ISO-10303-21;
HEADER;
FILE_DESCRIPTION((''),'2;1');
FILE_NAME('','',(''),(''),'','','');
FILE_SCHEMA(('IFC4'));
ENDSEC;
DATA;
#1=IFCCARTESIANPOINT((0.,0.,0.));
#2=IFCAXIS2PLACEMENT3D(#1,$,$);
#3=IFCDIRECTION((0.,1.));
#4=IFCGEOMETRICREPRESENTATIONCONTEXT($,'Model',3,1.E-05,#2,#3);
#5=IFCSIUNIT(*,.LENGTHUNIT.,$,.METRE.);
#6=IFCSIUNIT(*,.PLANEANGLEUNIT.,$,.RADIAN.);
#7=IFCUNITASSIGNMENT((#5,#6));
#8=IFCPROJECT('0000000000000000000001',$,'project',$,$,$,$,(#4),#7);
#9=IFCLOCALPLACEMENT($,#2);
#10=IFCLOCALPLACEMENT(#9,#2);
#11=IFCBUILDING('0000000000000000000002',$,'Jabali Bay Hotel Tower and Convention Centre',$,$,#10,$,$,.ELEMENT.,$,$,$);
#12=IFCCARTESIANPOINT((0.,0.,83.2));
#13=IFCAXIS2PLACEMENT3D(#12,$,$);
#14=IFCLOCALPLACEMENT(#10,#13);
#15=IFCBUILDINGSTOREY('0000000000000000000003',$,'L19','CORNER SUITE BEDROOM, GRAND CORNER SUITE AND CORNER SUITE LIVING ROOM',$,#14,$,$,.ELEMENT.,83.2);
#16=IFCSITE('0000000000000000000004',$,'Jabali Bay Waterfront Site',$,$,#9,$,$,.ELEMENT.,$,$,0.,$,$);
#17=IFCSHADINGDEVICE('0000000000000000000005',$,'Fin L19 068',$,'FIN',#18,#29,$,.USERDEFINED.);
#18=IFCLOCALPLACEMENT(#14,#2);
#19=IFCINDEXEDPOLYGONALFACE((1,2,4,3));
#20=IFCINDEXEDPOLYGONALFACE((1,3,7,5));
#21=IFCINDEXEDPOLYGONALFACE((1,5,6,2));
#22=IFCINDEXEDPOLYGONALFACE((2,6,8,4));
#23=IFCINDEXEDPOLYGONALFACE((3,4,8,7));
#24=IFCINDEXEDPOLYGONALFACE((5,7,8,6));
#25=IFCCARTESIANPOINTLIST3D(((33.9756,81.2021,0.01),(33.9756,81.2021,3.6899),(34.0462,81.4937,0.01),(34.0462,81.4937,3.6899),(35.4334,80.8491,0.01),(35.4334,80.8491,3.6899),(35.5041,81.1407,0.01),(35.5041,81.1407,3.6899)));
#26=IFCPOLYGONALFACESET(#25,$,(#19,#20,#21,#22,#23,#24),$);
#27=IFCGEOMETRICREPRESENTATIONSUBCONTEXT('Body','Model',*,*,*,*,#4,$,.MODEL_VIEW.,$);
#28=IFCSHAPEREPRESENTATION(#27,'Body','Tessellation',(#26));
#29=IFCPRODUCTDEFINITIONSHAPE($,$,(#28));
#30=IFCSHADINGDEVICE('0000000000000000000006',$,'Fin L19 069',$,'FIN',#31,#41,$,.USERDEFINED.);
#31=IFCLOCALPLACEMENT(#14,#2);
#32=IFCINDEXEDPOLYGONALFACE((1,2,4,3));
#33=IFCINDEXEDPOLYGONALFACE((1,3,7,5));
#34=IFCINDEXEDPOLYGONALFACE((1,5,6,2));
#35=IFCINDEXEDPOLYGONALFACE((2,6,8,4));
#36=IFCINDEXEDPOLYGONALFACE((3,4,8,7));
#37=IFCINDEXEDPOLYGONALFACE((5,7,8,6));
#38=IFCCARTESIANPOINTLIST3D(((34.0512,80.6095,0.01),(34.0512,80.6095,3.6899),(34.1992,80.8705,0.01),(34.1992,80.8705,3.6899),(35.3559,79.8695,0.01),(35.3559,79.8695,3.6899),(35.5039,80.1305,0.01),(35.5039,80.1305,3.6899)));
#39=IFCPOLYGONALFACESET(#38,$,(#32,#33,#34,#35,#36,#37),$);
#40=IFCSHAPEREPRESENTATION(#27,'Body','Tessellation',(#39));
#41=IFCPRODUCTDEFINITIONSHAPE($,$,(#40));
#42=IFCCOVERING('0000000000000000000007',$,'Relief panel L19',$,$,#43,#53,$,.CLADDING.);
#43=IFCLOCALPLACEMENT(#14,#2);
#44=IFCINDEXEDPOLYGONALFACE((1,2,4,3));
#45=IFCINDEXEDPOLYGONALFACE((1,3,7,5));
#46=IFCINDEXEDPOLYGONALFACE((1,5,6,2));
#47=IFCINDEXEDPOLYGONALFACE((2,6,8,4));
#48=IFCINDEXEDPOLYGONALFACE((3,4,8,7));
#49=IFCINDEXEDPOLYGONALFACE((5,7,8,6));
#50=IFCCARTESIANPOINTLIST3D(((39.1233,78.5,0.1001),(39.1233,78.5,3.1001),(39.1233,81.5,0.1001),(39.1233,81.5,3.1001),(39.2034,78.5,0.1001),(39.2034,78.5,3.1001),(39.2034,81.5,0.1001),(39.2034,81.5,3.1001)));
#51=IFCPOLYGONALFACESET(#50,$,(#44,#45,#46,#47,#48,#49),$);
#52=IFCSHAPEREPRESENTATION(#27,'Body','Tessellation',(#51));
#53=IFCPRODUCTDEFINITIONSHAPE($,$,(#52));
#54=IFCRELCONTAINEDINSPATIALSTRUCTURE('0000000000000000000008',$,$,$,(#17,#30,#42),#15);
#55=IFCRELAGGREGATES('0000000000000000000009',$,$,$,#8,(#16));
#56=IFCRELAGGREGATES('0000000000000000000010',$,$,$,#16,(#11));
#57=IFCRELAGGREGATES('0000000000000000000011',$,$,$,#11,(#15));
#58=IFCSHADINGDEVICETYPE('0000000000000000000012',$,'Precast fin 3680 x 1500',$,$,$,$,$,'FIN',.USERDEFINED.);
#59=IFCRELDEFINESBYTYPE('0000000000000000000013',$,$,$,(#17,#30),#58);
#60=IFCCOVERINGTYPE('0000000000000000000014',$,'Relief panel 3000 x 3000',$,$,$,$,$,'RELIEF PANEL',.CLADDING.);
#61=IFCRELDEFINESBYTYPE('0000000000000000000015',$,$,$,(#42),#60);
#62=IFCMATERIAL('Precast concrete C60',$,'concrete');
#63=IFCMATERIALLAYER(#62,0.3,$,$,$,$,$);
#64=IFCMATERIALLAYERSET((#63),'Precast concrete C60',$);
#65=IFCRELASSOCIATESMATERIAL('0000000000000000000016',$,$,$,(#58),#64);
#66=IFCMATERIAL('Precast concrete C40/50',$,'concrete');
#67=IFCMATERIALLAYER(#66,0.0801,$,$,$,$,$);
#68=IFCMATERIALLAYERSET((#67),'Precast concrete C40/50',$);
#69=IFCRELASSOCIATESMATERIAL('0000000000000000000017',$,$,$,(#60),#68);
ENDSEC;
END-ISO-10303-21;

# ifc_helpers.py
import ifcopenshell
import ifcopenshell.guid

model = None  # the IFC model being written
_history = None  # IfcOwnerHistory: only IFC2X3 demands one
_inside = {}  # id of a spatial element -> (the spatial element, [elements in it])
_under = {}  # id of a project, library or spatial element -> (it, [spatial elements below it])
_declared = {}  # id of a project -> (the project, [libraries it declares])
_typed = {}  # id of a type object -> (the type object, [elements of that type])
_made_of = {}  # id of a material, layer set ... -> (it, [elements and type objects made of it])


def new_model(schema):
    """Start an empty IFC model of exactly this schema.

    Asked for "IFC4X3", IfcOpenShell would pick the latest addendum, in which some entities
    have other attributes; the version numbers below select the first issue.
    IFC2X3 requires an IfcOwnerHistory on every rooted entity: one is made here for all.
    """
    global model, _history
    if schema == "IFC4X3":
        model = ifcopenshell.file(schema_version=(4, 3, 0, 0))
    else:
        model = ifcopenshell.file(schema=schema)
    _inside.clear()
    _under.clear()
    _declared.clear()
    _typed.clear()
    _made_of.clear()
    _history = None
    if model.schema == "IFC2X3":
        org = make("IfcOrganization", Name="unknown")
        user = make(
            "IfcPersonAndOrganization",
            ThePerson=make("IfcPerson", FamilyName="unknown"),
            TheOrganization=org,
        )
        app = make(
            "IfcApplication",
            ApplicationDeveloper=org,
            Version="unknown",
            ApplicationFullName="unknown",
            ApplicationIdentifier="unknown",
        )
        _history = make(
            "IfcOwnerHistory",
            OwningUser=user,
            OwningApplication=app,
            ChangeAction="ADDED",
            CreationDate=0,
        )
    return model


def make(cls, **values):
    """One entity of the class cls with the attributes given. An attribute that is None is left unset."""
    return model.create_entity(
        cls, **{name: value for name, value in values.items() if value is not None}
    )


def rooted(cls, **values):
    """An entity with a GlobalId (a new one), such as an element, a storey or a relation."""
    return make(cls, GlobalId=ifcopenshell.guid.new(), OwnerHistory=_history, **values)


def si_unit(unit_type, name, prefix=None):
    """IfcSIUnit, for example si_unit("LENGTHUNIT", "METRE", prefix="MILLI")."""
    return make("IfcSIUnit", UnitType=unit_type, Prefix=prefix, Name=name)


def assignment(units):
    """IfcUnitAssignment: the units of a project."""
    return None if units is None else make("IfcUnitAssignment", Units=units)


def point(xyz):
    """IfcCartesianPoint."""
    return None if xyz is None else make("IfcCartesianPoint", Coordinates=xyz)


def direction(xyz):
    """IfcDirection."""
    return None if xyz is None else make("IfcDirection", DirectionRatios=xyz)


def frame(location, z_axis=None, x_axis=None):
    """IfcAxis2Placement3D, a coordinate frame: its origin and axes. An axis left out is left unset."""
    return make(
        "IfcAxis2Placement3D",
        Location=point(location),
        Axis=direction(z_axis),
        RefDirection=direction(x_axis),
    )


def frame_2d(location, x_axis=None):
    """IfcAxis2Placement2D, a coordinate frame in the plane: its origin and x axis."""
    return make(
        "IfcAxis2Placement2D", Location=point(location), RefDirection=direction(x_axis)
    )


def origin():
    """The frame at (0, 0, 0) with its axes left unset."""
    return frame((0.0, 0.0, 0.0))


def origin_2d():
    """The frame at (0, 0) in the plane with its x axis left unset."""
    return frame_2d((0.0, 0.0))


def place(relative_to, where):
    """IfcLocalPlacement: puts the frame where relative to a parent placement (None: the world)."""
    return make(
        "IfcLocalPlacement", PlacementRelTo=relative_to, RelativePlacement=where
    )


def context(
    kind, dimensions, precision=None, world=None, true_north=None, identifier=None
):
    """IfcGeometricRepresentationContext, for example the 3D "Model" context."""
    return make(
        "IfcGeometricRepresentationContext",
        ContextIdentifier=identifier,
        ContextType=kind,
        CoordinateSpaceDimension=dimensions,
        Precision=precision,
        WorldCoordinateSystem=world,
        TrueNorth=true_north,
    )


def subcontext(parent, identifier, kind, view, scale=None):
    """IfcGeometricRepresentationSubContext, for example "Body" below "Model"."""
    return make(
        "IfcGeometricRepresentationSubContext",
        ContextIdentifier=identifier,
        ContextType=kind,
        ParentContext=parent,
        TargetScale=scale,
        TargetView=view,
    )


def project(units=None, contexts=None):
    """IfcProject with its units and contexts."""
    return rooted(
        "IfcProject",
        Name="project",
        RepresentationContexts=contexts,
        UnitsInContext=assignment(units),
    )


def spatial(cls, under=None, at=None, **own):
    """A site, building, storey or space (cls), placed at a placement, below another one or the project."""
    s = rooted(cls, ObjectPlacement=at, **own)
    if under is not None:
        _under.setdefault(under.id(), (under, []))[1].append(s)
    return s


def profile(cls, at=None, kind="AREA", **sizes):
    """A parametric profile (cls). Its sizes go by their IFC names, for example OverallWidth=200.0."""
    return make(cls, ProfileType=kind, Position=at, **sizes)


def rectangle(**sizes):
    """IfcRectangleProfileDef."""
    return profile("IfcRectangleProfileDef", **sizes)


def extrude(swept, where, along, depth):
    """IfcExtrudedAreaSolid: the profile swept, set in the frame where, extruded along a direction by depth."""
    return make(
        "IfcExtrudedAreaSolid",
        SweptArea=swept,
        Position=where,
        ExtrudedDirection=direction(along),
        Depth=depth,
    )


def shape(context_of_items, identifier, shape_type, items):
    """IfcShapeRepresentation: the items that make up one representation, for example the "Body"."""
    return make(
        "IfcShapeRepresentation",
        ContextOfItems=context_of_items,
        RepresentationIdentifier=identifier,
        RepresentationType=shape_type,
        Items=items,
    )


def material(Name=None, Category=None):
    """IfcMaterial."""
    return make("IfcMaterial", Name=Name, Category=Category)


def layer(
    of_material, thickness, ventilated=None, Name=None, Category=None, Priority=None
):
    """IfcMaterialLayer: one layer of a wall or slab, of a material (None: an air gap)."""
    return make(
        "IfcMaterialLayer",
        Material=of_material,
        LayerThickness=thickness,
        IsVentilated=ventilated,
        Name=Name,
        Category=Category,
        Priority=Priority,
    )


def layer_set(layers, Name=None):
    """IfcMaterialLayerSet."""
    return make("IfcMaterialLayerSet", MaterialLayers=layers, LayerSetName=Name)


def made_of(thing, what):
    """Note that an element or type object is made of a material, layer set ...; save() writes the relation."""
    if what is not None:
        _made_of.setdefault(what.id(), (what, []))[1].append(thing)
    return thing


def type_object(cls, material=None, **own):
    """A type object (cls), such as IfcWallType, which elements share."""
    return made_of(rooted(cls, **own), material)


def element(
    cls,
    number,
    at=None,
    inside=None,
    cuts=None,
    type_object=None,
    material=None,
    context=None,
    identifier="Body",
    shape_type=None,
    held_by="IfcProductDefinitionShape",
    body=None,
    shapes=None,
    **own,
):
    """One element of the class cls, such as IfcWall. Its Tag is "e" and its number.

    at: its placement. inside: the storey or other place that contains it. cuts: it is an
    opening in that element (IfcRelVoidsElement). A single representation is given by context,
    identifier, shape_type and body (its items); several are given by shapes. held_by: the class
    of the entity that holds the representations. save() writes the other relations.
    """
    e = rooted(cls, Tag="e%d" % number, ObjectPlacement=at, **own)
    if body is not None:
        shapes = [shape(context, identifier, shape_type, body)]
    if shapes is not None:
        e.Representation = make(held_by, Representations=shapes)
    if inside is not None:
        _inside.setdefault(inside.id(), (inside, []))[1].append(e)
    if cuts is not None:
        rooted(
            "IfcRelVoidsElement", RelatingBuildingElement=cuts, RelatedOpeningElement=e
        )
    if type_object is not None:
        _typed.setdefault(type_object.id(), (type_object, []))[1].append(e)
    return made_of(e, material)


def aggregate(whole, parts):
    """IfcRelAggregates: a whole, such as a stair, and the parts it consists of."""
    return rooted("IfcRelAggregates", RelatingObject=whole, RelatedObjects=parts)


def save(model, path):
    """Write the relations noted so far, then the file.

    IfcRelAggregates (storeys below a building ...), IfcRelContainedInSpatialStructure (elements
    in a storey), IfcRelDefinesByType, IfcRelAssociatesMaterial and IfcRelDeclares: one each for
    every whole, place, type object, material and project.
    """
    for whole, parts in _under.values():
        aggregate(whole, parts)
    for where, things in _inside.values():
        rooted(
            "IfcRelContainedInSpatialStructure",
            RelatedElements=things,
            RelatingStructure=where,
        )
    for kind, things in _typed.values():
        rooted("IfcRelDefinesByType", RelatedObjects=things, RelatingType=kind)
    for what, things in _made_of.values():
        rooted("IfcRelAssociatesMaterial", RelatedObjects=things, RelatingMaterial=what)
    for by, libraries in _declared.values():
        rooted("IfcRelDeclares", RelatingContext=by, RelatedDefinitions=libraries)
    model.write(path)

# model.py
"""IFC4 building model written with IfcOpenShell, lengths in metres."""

from ifc_helpers import new_model, si_unit, direction, frame, frame_2d, origin, origin_2d, place, context, subcontext, project, spatial, rectangle, extrude, material, layer, layer_set, type_object, element, save


model = new_model("IFC4")

# Units and contexts
model_context = context("Model", 3, precision=1e-05, world=origin(), true_north=direction((0.0, 1.0)))
body_context = subcontext(model_context, "Body", "Model", "MODEL_VIEW")
ifc_project = project(units=[si_unit("LENGTHUNIT", "METRE"), si_unit("PLANEANGLEUNIT", "RADIAN")], contexts=[model_context])

# Site, building, storey
site_placement = place(None, origin())
site = spatial("IfcSite", under=ifc_project, at=site_placement, Name="Jabali Bay Waterfront Site", CompositionType="ELEMENT", RefElevation=0.0)
building_placement = place(site_placement, origin())
building = spatial("IfcBuilding", under=site, at=building_placement, Name="Jabali Bay Hotel Tower and Convention Centre", CompositionType="ELEMENT")
storey_placement = place(building_placement, frame((0.0, 0.0, 83.2)))
storey = spatial("IfcBuildingStorey", under=building, at=storey_placement, Name="L19", Description="CORNER SUITE BEDROOM, GRAND CORNER SUITE AND CORNER SUITE LIVING ROOM", CompositionType="ELEMENT", Elevation=83.2)

# Shading devices
ifc_material_1 = material(Name="Precast concrete C60", Category="concrete")
ifc_layer_1 = layer(ifc_material_1, 0.3)
ifc_layer_set_1 = layer_set([ifc_layer_1], Name="Precast concrete C60")
shading_device_type_1 = type_object("IfcShadingDeviceType", Name="Precast fin 3680 x 1500", ElementType="FIN", PredefinedType="USERDEFINED", material=ifc_layer_set_1)
for number, where, z_axis, x_axis, name in (
    (1, (35.4688, 80.9949, 0.01), (0.0, 0.0, 1.0), (-0.971907, 0.235367, 0.0), "Fin L19 068"),
    (2, (35.4299, 80.0, 0.01), (0.0, 0.0, 1.0), (-0.869831, 0.493349, 0.0), "Fin L19 069"),
):
    element("IfcShadingDevice", number, at=place(storey_placement, frame(where, z_axis=z_axis, x_axis=x_axis)), inside=storey, type_object=shading_device_type_1, Name=name, ObjectType="FIN", PredefinedType="USERDEFINED", context=body_context, shape_type="SweptSolid", body=[
        extrude(rectangle(XDim=1.5, YDim=0.3, at=frame_2d((0.75, 0.0))), origin(), (0.0, 0.0, 1.0), 3.6799),
    ])

# Covering
ifc_material_2 = material(Name="Precast concrete C40/50", Category="concrete")
ifc_layer_2 = layer(ifc_material_2, 0.0801)
ifc_layer_set_2 = layer_set([ifc_layer_2], Name="Precast concrete C40/50")
covering_type = type_object("IfcCoveringType", Name="Relief panel 3000 x 3000", ElementType="RELIEF PANEL", PredefinedType="CLADDING", material=ifc_layer_set_2)
covering_placement = place(storey_placement, frame((39.1633, 80.0, 0.1001), z_axis=(0.0, 0.0, 1.0), x_axis=(0.0, 1.0, 0.0)))
element("IfcCovering", 3, at=covering_placement, inside=storey, type_object=covering_type, Name="Relief panel L19", PredefinedType="CLADDING", context=body_context, shape_type="SweptSolid", body=[
    extrude(rectangle(XDim=3.0, YDim=0.0801, at=origin_2d()), origin(), (0.0, 0.0, 1.0), 3.0),
])

save(model, "model.ifc")
